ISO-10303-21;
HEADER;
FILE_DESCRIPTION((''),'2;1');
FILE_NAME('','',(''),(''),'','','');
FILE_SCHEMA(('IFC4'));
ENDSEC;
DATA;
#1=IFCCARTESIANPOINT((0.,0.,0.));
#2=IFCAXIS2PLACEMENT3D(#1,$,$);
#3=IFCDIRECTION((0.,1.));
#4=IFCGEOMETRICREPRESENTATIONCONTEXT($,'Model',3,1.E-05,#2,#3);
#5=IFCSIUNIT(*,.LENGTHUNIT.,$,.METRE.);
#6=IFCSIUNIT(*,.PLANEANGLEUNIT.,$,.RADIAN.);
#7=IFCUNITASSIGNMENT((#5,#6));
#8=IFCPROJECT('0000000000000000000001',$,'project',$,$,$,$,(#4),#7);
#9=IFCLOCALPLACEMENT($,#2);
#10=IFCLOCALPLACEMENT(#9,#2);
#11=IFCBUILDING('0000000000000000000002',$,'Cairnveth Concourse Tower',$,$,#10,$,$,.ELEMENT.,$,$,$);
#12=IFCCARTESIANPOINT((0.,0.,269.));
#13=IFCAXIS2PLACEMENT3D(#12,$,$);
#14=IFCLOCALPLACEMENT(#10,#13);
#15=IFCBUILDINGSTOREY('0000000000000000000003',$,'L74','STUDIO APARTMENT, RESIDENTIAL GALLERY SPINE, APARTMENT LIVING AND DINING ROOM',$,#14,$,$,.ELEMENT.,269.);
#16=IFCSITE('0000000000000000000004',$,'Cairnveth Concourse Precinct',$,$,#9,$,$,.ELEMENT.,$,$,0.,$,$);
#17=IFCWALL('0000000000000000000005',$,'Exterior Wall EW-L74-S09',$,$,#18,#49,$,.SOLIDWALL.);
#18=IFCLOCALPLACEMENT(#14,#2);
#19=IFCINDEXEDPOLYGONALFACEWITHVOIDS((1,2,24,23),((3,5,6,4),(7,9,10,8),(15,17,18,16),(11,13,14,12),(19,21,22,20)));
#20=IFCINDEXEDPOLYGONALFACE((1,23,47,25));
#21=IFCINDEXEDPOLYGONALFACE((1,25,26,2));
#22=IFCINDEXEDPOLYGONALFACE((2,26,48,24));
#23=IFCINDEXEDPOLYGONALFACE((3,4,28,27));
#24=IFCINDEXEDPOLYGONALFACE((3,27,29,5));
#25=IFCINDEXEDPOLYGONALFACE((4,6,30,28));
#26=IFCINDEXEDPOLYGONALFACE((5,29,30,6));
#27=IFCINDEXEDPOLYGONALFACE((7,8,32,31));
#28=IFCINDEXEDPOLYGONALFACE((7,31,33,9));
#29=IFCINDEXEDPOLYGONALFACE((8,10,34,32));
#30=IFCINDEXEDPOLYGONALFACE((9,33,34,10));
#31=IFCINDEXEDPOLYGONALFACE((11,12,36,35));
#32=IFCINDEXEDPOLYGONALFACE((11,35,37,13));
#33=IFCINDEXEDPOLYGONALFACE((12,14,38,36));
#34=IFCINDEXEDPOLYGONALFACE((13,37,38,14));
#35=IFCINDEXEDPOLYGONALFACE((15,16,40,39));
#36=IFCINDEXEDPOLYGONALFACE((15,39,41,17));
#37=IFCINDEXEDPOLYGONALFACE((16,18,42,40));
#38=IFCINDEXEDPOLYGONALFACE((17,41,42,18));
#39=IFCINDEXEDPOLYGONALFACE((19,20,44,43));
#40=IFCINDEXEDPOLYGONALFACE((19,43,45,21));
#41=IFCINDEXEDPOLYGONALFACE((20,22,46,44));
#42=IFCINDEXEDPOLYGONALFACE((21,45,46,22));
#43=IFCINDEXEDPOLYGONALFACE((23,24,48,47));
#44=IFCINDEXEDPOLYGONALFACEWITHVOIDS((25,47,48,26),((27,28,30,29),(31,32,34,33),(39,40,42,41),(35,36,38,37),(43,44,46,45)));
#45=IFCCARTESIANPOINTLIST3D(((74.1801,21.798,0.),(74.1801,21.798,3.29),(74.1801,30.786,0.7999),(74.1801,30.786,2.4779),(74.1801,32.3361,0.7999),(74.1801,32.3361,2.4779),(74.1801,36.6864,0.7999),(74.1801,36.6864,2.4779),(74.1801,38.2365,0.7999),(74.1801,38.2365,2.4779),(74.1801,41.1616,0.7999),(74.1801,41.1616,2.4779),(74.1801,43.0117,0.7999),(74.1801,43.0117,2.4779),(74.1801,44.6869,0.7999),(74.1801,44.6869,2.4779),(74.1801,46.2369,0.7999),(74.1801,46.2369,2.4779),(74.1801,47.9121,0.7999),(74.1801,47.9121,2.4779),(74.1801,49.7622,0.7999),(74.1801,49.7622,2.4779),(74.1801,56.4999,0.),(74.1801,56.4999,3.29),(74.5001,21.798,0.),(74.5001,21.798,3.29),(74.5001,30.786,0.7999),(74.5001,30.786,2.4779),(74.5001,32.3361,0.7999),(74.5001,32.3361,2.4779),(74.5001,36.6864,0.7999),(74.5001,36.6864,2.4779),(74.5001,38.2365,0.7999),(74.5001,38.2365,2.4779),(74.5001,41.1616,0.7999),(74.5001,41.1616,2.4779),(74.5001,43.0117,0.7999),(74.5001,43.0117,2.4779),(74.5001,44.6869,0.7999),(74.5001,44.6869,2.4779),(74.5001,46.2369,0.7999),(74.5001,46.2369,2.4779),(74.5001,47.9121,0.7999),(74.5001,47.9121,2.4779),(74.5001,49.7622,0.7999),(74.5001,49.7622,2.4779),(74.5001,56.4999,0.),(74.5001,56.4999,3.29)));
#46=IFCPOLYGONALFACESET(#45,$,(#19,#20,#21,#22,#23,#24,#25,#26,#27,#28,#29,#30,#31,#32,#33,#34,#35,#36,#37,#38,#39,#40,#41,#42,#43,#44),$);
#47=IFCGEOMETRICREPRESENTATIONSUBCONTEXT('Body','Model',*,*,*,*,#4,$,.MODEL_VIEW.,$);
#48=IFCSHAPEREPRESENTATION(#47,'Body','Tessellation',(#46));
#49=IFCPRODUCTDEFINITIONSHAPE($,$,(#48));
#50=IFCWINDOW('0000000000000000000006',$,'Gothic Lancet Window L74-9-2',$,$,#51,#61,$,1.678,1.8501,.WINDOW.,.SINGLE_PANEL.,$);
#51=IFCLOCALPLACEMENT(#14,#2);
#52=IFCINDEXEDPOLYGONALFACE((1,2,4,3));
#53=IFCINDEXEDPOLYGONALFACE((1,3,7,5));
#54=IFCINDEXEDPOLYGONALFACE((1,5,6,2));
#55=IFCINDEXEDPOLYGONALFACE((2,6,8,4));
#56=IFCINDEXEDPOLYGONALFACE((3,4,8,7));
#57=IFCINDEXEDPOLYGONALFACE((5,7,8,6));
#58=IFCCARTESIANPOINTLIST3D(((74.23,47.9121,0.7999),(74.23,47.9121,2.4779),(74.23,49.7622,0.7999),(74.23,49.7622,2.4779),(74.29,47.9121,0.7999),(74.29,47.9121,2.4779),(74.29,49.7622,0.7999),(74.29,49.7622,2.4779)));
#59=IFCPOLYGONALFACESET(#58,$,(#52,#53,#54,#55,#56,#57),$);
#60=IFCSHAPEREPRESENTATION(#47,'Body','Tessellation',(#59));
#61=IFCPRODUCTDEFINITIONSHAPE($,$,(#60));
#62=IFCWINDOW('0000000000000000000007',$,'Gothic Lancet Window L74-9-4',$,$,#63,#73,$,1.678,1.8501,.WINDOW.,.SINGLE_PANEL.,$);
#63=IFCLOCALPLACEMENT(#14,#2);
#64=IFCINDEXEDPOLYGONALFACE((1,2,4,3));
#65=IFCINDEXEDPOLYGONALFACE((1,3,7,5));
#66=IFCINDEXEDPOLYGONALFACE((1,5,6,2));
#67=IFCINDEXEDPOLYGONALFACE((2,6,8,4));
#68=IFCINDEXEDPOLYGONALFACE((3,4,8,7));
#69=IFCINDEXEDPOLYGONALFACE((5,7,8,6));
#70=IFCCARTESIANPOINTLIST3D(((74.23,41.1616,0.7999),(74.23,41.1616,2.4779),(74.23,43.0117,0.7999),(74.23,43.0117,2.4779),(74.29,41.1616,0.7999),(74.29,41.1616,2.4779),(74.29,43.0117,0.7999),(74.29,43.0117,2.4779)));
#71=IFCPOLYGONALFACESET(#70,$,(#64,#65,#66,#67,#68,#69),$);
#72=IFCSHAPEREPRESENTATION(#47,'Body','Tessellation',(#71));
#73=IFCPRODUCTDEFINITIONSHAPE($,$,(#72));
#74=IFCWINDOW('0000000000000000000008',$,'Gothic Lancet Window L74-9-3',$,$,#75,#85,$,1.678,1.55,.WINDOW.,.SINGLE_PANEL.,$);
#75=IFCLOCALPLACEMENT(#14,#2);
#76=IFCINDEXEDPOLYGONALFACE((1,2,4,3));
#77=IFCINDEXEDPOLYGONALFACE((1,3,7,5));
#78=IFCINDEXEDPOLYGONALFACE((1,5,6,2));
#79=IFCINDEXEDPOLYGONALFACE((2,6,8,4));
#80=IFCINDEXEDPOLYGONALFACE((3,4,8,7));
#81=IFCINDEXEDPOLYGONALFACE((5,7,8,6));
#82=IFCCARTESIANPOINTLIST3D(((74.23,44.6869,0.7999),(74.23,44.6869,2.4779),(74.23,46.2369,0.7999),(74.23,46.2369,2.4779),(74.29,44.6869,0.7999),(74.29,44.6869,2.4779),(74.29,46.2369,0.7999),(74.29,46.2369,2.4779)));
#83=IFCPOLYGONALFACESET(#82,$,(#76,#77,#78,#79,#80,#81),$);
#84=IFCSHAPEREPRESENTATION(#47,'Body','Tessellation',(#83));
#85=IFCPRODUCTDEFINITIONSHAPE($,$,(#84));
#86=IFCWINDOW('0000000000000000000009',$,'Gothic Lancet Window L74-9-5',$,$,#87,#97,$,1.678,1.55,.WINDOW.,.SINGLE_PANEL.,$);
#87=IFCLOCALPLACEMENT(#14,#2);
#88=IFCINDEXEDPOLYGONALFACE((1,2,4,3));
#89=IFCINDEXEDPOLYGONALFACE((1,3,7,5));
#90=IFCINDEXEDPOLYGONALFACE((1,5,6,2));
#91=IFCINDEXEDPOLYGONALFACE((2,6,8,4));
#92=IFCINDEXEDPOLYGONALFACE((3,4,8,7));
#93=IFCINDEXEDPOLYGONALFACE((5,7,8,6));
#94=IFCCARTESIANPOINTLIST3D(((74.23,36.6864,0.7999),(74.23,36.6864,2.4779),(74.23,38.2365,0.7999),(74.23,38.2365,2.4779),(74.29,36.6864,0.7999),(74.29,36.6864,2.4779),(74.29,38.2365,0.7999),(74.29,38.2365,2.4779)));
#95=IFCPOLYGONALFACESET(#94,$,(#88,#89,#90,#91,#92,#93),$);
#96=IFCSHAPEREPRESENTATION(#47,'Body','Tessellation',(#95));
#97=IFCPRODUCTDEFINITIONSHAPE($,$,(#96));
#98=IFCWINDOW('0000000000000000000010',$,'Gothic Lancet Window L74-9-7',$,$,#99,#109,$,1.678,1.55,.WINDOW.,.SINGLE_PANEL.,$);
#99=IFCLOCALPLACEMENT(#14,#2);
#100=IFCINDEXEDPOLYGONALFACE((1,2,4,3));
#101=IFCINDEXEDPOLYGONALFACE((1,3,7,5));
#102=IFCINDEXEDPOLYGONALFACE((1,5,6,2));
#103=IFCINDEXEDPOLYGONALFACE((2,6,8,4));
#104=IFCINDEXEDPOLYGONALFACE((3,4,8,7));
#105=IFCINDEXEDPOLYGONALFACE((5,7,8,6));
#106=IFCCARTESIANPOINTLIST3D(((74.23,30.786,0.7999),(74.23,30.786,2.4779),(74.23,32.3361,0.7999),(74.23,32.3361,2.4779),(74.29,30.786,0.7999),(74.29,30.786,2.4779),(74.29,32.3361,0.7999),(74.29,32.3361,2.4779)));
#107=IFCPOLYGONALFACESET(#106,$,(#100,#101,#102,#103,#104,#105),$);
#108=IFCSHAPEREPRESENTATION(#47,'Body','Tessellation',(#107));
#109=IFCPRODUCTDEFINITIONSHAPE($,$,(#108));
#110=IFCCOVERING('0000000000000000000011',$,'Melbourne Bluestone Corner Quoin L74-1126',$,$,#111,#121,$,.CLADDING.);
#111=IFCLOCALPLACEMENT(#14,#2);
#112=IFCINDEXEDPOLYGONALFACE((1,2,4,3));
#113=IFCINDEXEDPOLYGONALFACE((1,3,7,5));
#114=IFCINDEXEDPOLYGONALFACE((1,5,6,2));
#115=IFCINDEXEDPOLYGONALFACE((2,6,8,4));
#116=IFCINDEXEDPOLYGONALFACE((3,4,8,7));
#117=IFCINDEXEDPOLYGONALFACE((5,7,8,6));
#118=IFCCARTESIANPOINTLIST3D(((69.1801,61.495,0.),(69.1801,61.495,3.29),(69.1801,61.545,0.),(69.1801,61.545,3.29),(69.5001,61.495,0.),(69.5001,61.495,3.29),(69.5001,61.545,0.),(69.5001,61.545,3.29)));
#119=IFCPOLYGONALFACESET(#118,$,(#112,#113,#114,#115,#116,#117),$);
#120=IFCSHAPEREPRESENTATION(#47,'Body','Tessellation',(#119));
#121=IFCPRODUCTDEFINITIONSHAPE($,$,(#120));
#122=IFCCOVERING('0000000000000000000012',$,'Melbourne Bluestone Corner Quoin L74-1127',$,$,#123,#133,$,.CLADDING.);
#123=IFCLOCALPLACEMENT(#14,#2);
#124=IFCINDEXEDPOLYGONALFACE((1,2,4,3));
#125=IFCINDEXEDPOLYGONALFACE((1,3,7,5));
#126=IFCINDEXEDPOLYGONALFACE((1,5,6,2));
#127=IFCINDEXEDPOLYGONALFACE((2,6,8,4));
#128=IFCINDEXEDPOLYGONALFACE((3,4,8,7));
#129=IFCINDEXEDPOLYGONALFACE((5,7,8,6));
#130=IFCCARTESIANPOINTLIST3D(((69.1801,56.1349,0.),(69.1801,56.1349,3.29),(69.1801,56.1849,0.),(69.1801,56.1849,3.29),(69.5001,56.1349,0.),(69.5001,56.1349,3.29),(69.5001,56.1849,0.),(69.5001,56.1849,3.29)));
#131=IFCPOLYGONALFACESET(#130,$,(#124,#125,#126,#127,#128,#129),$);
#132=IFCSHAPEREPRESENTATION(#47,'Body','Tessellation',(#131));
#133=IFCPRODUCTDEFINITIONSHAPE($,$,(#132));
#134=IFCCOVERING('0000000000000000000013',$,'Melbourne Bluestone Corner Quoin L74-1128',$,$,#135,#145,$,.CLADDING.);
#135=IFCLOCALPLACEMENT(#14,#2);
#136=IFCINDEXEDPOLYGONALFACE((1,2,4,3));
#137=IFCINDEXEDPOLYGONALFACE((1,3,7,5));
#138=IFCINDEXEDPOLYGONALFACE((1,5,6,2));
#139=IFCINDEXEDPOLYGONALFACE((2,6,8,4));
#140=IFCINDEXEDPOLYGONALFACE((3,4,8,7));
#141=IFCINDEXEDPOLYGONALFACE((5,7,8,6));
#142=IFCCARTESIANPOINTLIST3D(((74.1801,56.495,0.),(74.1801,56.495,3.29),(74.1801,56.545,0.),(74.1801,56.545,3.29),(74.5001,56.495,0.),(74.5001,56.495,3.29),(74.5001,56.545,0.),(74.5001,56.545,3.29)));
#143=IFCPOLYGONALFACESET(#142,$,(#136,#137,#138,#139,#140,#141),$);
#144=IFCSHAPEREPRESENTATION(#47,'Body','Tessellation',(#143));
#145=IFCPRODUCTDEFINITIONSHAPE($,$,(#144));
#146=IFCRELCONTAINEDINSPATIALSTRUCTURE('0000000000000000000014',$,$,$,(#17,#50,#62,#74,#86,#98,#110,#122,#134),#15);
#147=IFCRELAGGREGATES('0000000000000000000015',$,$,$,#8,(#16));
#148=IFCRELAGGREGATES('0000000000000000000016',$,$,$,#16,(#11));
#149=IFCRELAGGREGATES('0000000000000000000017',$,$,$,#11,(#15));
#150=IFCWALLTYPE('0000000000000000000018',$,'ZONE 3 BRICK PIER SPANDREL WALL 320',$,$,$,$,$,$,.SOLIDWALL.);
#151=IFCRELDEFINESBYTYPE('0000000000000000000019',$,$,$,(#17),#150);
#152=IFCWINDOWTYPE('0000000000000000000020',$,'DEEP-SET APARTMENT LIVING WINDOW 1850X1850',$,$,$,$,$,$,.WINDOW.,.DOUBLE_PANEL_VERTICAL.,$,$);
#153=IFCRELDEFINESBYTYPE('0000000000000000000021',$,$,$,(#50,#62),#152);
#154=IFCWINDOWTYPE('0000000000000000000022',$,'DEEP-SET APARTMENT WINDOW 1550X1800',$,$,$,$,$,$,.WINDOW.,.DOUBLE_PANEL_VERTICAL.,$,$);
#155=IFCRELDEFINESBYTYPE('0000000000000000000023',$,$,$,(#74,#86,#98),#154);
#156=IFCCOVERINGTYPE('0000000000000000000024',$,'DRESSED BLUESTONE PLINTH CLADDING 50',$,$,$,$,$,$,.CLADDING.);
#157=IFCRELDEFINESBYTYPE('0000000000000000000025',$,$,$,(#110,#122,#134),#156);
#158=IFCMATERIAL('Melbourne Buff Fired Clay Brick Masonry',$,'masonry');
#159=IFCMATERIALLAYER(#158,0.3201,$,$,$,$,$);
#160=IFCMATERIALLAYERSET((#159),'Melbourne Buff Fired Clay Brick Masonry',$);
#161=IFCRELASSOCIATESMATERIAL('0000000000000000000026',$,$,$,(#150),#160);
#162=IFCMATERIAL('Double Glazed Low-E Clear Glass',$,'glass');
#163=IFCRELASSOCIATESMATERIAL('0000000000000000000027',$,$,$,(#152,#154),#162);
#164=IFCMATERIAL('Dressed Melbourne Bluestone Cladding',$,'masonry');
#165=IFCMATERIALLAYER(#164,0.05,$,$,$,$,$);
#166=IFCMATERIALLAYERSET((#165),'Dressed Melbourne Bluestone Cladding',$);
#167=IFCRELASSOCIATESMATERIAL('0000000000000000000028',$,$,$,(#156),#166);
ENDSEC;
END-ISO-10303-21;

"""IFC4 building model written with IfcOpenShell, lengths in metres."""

from ifc_helpers import new_model, si_unit, direction, frame, frame_2d, origin, place, context, subcontext, project, spatial, rectangle, extrude, material, layer, layer_set, type_object, element, fill, save


model = new_model("IFC4")

# Units and contexts
model_context = context("Model", 3, precision=1e-05, world=origin(), true_north=direction((0.0, 1.0)))
body_context = subcontext(model_context, "Body", "Model", "MODEL_VIEW")
ifc_project = project(units=[si_unit("LENGTHUNIT", "METRE"), si_unit("PLANEANGLEUNIT", "RADIAN")], contexts=[model_context])

# Site, building, storey
site_placement = place(None, origin())
site = spatial("IfcSite", under=ifc_project, at=site_placement, Name="Cairnveth Concourse Precinct", CompositionType="ELEMENT", RefElevation=0.0)
building_placement = place(site_placement, origin())
building = spatial("IfcBuilding", under=site, at=building_placement, Name="Cairnveth Concourse Tower", CompositionType="ELEMENT")
storey_placement = place(building_placement, frame((0.0, 0.0, 269.0)))
storey = spatial("IfcBuildingStorey", under=building, at=storey_placement, Name="L74", Description="STUDIO APARTMENT, RESIDENTIAL GALLERY SPINE, APARTMENT LIVING AND DINING ROOM", CompositionType="ELEMENT", Elevation=269.0)

# Shared definitions
ifc_material_1 = material(Name="Melbourne Buff Fired Clay Brick Masonry", Category="masonry")
ifc_layer_1 = layer(ifc_material_1, 0.3201)
ifc_layer_set_1 = layer_set([ifc_layer_1], Name="Melbourne Buff Fired Clay Brick Masonry")
wall_type = type_object("IfcWallType", Name="ZONE 3 BRICK PIER SPANDREL WALL 320", PredefinedType="SOLIDWALL", material=ifc_layer_set_1)
ifc_material_2 = material(Name="Double Glazed Low-E Clear Glass", Category="glass")

# Wall, openings, windows
wall_1_placement = place(storey_placement, frame((74.3401, 56.5, 0.0), z_axis=(0.0, 0.0, 1.0), x_axis=(0.0, -1.0, 0.0)))
wall_1 = element("IfcWall", 1, at=wall_1_placement, inside=storey, type_object=wall_type, Name="Exterior Wall EW-L74-S09", PredefinedType="SOLIDWALL", context=body_context, shape_type="SweptSolid", body=[
    extrude(rectangle(XDim=34.7019, YDim=0.3201, at=frame_2d((17.3511, 0.0))), origin(), (0.0, 0.0, 1.0), 3.29),
])
opening_1_placement = place(wall_1_placement, frame((6.7378, 0.0, 0.8)))
opening_1 = element("IfcOpeningElement", 2, at=opening_1_placement, cuts=wall_1, PredefinedType="OPENING", context=body_context, shape_type="SweptSolid", body=[
    extrude(rectangle(XDim=1.8501, YDim=1.678, at=frame_2d((0.925, 0.8389))), frame((0.0, 0.1699, 0.0), z_axis=(0.0, -1.0, 0.0), x_axis=(1.0, 0.0, 0.0)), (0.0, 0.0, 1.0), 0.3401),
])
opening_2_placement = place(wall_1_placement, frame((10.2632, 0.0, 0.8)))
opening_2 = element("IfcOpeningElement", 3, at=opening_2_placement, cuts=wall_1, PredefinedType="OPENING", context=body_context, shape_type="SweptSolid", body=[
    extrude(rectangle(XDim=1.55, YDim=1.678, at=frame_2d((0.7749, 0.8389))), frame((0.0, 0.1699, 0.0), z_axis=(0.0, -1.0, 0.0), x_axis=(1.0, 0.0, 0.0)), (0.0, 0.0, 1.0), 0.3401),
])
opening_3_placement = place(wall_1_placement, frame((13.4883, 0.0, 0.8)))
opening_3 = element("IfcOpeningElement", 4, at=opening_3_placement, cuts=wall_1, PredefinedType="OPENING", context=body_context, shape_type="SweptSolid", body=[
    extrude(rectangle(XDim=1.8501, YDim=1.678, at=frame_2d((0.925, 0.8389))), frame((0.0, 0.1699, 0.0), z_axis=(0.0, -1.0, 0.0), x_axis=(1.0, 0.0, 0.0)), (0.0, 0.0, 1.0), 0.3401),
])
opening_4_placement = place(wall_1_placement, frame((18.2637, 0.0, 0.8)))
opening_4 = element("IfcOpeningElement", 5, at=opening_4_placement, cuts=wall_1, PredefinedType="OPENING", context=body_context, shape_type="SweptSolid", body=[
    extrude(rectangle(XDim=1.55, YDim=1.678, at=frame_2d((0.7749, 0.8389))), frame((0.0, 0.1699, 0.0), z_axis=(0.0, -1.0, 0.0), x_axis=(1.0, 0.0, 0.0)), (0.0, 0.0, 1.0), 0.3401),
])
opening_5_placement = place(wall_1_placement, frame((24.1641, 0.0, 0.8)))
opening_5 = element("IfcOpeningElement", 6, at=opening_5_placement, cuts=wall_1, PredefinedType="OPENING", context=body_context, shape_type="SweptSolid", body=[
    extrude(rectangle(XDim=1.55, YDim=1.678, at=frame_2d((0.7749, 0.8389))), frame((0.0, 0.1699, 0.0), z_axis=(0.0, -1.0, 0.0), x_axis=(1.0, 0.0, 0.0)), (0.0, 0.0, 1.0), 0.3401),
])
window_type_1 = type_object("IfcWindowType", Name="DEEP-SET APARTMENT LIVING WINDOW 1850X1850", PartitioningType="DOUBLE_PANEL_VERTICAL", PredefinedType="WINDOW", material=ifc_material_2)
window_1_placement = place(opening_1_placement, origin())
window_1 = element("IfcWindow", 7, at=window_1_placement, inside=storey, type_object=window_type_1, Name="Gothic Lancet Window L74-9-2", OverallHeight=1.678, OverallWidth=1.8501, PartitioningType="SINGLE_PANEL", PredefinedType="WINDOW", context=body_context, shape_type="SweptSolid", body=[
    extrude(rectangle(XDim=1.8501, YDim=1.678, at=frame_2d((0.925, 0.8389))), frame((0.0, -0.05, 0.0), z_axis=(0.0, -1.0, 0.0), x_axis=(1.0, 0.0, 0.0)), (0.0, 0.0, 1.0), 0.0601),
])
fill(opening_1, window_1)
window_2_placement = place(opening_3_placement, origin())
window_2 = element("IfcWindow", 8, at=window_2_placement, inside=storey, type_object=window_type_1, Name="Gothic Lancet Window L74-9-4", OverallHeight=1.678, OverallWidth=1.8501, PartitioningType="SINGLE_PANEL", PredefinedType="WINDOW", context=body_context, shape_type="SweptSolid", body=[
    extrude(rectangle(XDim=1.8501, YDim=1.678, at=frame_2d((0.925, 0.8389))), frame((0.0, -0.05, 0.0), z_axis=(0.0, -1.0, 0.0), x_axis=(1.0, 0.0, 0.0)), (0.0, 0.0, 1.0), 0.0601),
])
fill(opening_3, window_2)
window_type_2 = type_object("IfcWindowType", Name="DEEP-SET APARTMENT WINDOW 1550X1800", PartitioningType="DOUBLE_PANEL_VERTICAL", PredefinedType="WINDOW", material=ifc_material_2)
window_3_placement = place(opening_2_placement, origin())
window_3 = element("IfcWindow", 9, at=window_3_placement, inside=storey, type_object=window_type_2, Name="Gothic Lancet Window L74-9-3", OverallHeight=1.678, OverallWidth=1.55, PartitioningType="SINGLE_PANEL", PredefinedType="WINDOW", context=body_context, shape_type="SweptSolid", body=[
    extrude(rectangle(XDim=1.55, YDim=1.678, at=frame_2d((0.7749, 0.8389))), frame((0.0, -0.05, 0.0), z_axis=(0.0, -1.0, 0.0), x_axis=(1.0, 0.0, 0.0)), (0.0, 0.0, 1.0), 0.0601),
])
fill(opening_2, window_3)
window_4_placement = place(opening_4_placement, origin())
window_4 = element("IfcWindow", 10, at=window_4_placement, inside=storey, type_object=window_type_2, Name="Gothic Lancet Window L74-9-5", OverallHeight=1.678, OverallWidth=1.55, PartitioningType="SINGLE_PANEL", PredefinedType="WINDOW", context=body_context, shape_type="SweptSolid", body=[
    extrude(rectangle(XDim=1.55, YDim=1.678, at=frame_2d((0.7749, 0.8389))), frame((0.0, -0.05, 0.0), z_axis=(0.0, -1.0, 0.0), x_axis=(1.0, 0.0, 0.0)), (0.0, 0.0, 1.0), 0.0601),
])
fill(opening_4, window_4)
window_5_placement = place(opening_5_placement, origin())
window_5 = element("IfcWindow", 11, at=window_5_placement, inside=storey, type_object=window_type_2, Name="Gothic Lancet Window L74-9-7", OverallHeight=1.678, OverallWidth=1.55, PartitioningType="SINGLE_PANEL", PredefinedType="WINDOW", context=body_context, shape_type="SweptSolid", body=[
    extrude(rectangle(XDim=1.55, YDim=1.678, at=frame_2d((0.7749, 0.8389))), frame((0.0, -0.05, 0.0), z_axis=(0.0, -1.0, 0.0), x_axis=(1.0, 0.0, 0.0)), (0.0, 0.0, 1.0), 0.0601),
])
fill(opening_5, window_5)

# Coverings
ifc_material_3 = material(Name="Dressed Melbourne Bluestone Cladding", Category="masonry")
ifc_layer_2 = layer(ifc_material_3, 0.05)
ifc_layer_set_2 = layer_set([ifc_layer_2], Name="Dressed Melbourne Bluestone Cladding")
covering_type = type_object("IfcCoveringType", Name="DRESSED BLUESTONE PLINTH CLADDING 50", PredefinedType="CLADDING", material=ifc_layer_set_2)
for number, where, z_axis, x_axis, name in (
    (12, (69.1799, 61.52, 0.0), (0.0, 0.0, 1.0), (1.0, 0.0, 0.0), "Melbourne Bluestone Corner Quoin L74-1126"),
    (13, (69.1799, 56.1599, 0.0), (0.0, 0.0, 1.0), (1.0, 0.0, 0.0), "Melbourne Bluestone Corner Quoin L74-1127"),
    (14, (74.1799, 56.52, 0.0), (0.0, 0.0, 1.0), (1.0, 0.0, 0.0), "Melbourne Bluestone Corner Quoin L74-1128"),
):
    element("IfcCovering", number, at=place(storey_placement, frame(where, z_axis=z_axis, x_axis=x_axis)), inside=storey, type_object=covering_type, Name=name, PredefinedType="CLADDING", context=body_context, shape_type="SweptSolid", body=[
        extrude(rectangle(XDim=0.3201, YDim=0.05, at=frame_2d((0.1602, 0.0))), origin(), (0.0, 0.0, 1.0), 3.29),
    ])

save(model, "model.ifc")
